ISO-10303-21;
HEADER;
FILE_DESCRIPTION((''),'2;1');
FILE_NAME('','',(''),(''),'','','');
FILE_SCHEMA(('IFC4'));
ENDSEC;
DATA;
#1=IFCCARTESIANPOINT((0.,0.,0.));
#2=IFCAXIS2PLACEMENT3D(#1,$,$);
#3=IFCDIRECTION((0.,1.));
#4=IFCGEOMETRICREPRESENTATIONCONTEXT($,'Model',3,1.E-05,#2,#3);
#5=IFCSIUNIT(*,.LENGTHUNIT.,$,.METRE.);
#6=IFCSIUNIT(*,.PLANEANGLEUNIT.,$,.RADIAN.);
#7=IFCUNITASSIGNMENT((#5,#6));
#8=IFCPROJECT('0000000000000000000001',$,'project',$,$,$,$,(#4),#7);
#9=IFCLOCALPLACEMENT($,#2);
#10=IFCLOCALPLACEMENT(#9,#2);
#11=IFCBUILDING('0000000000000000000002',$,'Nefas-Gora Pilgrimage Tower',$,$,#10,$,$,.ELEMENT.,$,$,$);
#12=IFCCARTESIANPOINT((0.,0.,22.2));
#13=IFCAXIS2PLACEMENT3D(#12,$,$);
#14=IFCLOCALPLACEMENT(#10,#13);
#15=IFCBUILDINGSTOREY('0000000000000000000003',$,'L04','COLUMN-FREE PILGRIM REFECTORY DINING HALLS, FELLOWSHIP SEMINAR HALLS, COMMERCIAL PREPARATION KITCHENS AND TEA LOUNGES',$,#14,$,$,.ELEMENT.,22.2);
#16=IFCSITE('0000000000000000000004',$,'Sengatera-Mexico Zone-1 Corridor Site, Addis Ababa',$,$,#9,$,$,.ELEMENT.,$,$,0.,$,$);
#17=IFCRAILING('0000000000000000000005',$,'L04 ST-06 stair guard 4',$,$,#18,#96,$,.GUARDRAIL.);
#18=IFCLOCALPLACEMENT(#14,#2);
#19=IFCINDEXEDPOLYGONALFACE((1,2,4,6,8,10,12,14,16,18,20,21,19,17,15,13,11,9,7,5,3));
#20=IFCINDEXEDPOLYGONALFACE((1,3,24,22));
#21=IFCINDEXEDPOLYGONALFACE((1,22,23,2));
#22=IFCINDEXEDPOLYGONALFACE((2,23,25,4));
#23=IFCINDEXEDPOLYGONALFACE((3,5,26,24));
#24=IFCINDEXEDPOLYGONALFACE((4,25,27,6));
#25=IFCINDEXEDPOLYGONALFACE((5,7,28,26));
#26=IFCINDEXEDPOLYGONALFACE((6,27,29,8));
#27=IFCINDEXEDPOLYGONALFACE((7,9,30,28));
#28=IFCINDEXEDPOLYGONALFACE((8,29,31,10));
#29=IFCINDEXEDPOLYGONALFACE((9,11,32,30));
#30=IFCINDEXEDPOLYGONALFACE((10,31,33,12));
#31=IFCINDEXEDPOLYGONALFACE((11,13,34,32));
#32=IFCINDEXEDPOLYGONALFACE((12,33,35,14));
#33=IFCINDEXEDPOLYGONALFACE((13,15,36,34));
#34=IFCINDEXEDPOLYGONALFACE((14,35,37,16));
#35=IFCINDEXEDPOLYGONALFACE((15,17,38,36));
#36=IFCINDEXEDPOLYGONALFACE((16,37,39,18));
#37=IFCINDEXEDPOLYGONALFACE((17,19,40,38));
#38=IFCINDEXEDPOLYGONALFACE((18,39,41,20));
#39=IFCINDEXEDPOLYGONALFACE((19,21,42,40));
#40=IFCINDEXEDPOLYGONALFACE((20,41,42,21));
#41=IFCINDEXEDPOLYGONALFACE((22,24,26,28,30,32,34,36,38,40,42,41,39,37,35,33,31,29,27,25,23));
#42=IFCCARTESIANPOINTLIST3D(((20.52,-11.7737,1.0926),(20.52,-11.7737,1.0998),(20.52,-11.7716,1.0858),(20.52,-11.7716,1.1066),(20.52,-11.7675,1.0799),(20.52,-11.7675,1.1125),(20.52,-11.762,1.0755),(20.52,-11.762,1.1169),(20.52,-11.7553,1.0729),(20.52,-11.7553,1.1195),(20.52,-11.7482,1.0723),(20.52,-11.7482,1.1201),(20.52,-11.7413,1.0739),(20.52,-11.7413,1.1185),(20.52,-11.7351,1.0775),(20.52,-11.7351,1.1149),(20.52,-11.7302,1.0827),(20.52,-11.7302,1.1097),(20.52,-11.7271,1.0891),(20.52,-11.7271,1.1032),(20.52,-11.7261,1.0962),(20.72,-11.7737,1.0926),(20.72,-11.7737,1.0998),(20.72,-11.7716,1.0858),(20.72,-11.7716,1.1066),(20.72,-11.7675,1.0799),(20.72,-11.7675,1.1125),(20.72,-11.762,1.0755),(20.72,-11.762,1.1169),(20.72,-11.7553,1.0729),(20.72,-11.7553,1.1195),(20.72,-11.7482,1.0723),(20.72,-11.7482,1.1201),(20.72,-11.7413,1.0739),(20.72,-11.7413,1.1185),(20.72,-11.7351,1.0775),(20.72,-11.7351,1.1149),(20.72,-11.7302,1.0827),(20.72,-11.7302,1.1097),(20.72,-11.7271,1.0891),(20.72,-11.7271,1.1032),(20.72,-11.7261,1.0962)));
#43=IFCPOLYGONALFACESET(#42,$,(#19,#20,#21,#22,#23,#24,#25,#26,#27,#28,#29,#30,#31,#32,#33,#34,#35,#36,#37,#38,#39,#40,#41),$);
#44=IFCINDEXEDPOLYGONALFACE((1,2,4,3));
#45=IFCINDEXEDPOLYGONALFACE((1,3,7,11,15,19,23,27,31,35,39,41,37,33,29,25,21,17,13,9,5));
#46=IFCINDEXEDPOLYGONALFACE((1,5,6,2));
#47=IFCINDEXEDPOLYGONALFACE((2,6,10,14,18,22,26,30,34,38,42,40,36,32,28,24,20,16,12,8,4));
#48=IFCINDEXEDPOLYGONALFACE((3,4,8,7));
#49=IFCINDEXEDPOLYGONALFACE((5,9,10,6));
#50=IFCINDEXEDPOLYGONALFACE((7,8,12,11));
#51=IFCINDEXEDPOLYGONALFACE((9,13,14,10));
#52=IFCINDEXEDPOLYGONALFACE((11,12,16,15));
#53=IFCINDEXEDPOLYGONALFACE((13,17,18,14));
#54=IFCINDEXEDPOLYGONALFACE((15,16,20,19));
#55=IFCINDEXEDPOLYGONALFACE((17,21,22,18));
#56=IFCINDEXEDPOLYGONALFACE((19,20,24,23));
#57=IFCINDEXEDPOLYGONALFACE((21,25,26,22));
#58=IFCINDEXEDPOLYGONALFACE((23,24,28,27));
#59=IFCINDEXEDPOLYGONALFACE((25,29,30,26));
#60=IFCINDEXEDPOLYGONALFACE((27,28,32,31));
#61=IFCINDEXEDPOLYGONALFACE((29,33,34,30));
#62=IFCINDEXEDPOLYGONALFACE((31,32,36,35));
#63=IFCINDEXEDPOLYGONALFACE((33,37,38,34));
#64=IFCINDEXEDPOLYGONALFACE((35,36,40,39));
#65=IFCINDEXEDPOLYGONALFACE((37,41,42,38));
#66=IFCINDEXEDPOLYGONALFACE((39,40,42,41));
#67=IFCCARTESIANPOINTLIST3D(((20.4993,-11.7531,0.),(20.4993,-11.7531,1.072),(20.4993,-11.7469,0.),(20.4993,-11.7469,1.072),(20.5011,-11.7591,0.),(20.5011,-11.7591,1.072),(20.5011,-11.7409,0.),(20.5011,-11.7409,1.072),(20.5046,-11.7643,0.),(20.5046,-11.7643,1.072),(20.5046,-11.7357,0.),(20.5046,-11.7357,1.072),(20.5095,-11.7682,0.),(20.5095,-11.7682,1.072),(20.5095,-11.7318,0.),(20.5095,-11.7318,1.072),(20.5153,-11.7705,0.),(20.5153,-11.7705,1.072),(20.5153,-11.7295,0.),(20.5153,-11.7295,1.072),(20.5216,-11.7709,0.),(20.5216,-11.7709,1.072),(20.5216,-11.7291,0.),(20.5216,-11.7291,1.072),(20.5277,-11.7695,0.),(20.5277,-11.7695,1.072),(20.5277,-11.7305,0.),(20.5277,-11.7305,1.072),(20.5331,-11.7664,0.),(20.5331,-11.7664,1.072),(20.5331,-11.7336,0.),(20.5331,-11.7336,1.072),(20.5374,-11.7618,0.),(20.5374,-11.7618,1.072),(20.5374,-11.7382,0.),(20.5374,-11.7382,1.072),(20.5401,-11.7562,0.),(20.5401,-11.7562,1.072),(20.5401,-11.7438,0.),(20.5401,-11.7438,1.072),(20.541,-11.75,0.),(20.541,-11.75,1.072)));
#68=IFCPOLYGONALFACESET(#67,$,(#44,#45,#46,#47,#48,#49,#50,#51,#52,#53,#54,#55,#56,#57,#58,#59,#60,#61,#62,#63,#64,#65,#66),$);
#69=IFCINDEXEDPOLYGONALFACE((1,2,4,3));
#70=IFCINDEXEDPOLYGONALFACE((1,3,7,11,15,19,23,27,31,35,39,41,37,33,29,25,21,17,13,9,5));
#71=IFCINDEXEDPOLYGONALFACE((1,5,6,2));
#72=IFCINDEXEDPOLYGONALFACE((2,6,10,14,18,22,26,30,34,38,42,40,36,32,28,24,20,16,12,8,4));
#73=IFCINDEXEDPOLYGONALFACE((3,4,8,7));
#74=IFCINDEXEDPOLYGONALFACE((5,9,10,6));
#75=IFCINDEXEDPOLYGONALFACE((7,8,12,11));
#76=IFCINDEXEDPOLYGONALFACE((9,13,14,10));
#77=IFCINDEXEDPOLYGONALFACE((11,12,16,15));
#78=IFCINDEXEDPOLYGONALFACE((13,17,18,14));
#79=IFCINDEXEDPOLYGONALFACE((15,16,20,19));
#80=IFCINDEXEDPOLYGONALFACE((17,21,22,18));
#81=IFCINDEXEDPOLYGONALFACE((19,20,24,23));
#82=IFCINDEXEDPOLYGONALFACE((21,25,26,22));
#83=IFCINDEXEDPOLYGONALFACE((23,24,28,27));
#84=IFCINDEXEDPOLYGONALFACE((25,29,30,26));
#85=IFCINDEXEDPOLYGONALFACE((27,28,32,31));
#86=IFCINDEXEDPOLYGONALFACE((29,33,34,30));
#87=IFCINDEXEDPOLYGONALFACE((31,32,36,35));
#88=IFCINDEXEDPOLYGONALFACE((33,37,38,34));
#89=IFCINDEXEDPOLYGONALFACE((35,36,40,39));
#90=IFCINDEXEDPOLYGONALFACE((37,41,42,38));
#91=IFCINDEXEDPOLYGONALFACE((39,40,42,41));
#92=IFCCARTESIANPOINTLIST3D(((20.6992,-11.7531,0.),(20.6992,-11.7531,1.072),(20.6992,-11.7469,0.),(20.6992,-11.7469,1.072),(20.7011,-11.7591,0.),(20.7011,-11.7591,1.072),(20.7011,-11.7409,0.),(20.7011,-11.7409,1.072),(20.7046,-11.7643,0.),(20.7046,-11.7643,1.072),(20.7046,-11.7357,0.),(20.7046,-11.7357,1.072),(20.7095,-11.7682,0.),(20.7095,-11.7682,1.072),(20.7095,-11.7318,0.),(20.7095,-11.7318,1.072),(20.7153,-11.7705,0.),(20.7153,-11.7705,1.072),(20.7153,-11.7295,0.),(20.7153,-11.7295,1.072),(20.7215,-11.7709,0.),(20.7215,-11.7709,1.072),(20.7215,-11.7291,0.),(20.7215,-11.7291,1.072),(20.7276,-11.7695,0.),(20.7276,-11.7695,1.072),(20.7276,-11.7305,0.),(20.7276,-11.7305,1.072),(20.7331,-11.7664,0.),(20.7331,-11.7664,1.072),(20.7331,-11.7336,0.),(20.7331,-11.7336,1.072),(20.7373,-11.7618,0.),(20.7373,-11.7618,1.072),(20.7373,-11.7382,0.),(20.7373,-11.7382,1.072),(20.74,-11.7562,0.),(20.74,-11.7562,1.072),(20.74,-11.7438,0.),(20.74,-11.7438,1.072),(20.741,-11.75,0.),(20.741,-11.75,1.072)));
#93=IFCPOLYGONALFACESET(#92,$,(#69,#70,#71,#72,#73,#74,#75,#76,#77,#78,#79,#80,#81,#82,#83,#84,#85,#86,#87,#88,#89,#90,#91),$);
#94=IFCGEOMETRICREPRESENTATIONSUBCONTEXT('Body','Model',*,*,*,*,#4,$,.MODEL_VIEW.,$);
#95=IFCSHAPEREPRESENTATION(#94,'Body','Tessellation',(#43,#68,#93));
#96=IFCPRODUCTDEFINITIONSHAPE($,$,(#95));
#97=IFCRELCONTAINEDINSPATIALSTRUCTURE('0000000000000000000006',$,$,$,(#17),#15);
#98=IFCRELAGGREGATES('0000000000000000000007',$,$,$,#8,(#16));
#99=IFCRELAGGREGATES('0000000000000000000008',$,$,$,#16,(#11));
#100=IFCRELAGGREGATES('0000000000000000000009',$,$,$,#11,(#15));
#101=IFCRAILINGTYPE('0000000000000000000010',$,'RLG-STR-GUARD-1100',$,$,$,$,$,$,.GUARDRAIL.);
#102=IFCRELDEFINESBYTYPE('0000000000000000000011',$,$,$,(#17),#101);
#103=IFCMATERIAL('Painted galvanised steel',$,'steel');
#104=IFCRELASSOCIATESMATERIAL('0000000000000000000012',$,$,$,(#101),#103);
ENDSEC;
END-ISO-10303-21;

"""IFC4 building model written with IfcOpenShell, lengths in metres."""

from ifc_helpers import new_model, si_unit, direction, frame, origin, origin_2d, place, context, subcontext, project, spatial, circle, extrude, material, type_object, element, save


model = new_model("IFC4")

# Units and contexts
model_context = context("Model", 3, precision=1e-05, world=origin(), true_north=direction((0.0, 1.0)))
body_context = subcontext(model_context, "Body", "Model", "MODEL_VIEW")
ifc_project = project(units=[si_unit("LENGTHUNIT", "METRE"), si_unit("PLANEANGLEUNIT", "RADIAN")], contexts=[model_context])

# Site, building, storey
site_placement = place(None, origin())
site = spatial("IfcSite", under=ifc_project, at=site_placement, Name="Sengatera-Mexico Zone-1 Corridor Site, Addis Ababa", CompositionType="ELEMENT", RefElevation=0.0)
building_placement = place(site_placement, origin())
building = spatial("IfcBuilding", under=site, at=building_placement, Name="Nefas-Gora Pilgrimage Tower", CompositionType="ELEMENT")
storey_placement = place(building_placement, frame((0.0, 0.0, 22.2)))
storey = spatial("IfcBuildingStorey", under=building, at=storey_placement, Name="L04", Description="COLUMN-FREE PILGRIM REFECTORY DINING HALLS, FELLOWSHIP SEMINAR HALLS, COMMERCIAL PREPARATION KITCHENS AND TEA LOUNGES", CompositionType="ELEMENT", Elevation=22.2)

# Railing
ifc_material_1 = material(Name="Painted galvanised steel", Category="steel")
railing_type_1 = type_object("IfcRailingType", Name="RLG-STR-GUARD-1100", PredefinedType="GUARDRAIL", material=ifc_material_1)
railing_1_placement = place(storey_placement, frame((20.52, -11.75, 0.0)))
element("IfcRailing", 1, at=railing_1_placement, inside=storey, type_object=railing_type_1, Name="L04 ST-06 stair guard 4", PredefinedType="GUARDRAIL", context=body_context, shape_type="SweptSolid", body=[
    extrude(circle(Radius=0.0239, at=origin_2d()), frame((0.0, 0.0, 1.0962), z_axis=(1.0, 0.0, 0.0), x_axis=(0.0, 1.0, 0.0)), (0.0, 0.0, 1.0), 0.2),
    extrude(circle(Radius=0.021, at=origin_2d()), origin(), (0.0, 0.0, 1.0), 1.072),
    extrude(circle(Radius=0.021, at=origin_2d()), frame((0.2, 0.0, 0.0)), (0.0, 0.0, 1.0), 1.072),
])

save(model, "model.ifc")
